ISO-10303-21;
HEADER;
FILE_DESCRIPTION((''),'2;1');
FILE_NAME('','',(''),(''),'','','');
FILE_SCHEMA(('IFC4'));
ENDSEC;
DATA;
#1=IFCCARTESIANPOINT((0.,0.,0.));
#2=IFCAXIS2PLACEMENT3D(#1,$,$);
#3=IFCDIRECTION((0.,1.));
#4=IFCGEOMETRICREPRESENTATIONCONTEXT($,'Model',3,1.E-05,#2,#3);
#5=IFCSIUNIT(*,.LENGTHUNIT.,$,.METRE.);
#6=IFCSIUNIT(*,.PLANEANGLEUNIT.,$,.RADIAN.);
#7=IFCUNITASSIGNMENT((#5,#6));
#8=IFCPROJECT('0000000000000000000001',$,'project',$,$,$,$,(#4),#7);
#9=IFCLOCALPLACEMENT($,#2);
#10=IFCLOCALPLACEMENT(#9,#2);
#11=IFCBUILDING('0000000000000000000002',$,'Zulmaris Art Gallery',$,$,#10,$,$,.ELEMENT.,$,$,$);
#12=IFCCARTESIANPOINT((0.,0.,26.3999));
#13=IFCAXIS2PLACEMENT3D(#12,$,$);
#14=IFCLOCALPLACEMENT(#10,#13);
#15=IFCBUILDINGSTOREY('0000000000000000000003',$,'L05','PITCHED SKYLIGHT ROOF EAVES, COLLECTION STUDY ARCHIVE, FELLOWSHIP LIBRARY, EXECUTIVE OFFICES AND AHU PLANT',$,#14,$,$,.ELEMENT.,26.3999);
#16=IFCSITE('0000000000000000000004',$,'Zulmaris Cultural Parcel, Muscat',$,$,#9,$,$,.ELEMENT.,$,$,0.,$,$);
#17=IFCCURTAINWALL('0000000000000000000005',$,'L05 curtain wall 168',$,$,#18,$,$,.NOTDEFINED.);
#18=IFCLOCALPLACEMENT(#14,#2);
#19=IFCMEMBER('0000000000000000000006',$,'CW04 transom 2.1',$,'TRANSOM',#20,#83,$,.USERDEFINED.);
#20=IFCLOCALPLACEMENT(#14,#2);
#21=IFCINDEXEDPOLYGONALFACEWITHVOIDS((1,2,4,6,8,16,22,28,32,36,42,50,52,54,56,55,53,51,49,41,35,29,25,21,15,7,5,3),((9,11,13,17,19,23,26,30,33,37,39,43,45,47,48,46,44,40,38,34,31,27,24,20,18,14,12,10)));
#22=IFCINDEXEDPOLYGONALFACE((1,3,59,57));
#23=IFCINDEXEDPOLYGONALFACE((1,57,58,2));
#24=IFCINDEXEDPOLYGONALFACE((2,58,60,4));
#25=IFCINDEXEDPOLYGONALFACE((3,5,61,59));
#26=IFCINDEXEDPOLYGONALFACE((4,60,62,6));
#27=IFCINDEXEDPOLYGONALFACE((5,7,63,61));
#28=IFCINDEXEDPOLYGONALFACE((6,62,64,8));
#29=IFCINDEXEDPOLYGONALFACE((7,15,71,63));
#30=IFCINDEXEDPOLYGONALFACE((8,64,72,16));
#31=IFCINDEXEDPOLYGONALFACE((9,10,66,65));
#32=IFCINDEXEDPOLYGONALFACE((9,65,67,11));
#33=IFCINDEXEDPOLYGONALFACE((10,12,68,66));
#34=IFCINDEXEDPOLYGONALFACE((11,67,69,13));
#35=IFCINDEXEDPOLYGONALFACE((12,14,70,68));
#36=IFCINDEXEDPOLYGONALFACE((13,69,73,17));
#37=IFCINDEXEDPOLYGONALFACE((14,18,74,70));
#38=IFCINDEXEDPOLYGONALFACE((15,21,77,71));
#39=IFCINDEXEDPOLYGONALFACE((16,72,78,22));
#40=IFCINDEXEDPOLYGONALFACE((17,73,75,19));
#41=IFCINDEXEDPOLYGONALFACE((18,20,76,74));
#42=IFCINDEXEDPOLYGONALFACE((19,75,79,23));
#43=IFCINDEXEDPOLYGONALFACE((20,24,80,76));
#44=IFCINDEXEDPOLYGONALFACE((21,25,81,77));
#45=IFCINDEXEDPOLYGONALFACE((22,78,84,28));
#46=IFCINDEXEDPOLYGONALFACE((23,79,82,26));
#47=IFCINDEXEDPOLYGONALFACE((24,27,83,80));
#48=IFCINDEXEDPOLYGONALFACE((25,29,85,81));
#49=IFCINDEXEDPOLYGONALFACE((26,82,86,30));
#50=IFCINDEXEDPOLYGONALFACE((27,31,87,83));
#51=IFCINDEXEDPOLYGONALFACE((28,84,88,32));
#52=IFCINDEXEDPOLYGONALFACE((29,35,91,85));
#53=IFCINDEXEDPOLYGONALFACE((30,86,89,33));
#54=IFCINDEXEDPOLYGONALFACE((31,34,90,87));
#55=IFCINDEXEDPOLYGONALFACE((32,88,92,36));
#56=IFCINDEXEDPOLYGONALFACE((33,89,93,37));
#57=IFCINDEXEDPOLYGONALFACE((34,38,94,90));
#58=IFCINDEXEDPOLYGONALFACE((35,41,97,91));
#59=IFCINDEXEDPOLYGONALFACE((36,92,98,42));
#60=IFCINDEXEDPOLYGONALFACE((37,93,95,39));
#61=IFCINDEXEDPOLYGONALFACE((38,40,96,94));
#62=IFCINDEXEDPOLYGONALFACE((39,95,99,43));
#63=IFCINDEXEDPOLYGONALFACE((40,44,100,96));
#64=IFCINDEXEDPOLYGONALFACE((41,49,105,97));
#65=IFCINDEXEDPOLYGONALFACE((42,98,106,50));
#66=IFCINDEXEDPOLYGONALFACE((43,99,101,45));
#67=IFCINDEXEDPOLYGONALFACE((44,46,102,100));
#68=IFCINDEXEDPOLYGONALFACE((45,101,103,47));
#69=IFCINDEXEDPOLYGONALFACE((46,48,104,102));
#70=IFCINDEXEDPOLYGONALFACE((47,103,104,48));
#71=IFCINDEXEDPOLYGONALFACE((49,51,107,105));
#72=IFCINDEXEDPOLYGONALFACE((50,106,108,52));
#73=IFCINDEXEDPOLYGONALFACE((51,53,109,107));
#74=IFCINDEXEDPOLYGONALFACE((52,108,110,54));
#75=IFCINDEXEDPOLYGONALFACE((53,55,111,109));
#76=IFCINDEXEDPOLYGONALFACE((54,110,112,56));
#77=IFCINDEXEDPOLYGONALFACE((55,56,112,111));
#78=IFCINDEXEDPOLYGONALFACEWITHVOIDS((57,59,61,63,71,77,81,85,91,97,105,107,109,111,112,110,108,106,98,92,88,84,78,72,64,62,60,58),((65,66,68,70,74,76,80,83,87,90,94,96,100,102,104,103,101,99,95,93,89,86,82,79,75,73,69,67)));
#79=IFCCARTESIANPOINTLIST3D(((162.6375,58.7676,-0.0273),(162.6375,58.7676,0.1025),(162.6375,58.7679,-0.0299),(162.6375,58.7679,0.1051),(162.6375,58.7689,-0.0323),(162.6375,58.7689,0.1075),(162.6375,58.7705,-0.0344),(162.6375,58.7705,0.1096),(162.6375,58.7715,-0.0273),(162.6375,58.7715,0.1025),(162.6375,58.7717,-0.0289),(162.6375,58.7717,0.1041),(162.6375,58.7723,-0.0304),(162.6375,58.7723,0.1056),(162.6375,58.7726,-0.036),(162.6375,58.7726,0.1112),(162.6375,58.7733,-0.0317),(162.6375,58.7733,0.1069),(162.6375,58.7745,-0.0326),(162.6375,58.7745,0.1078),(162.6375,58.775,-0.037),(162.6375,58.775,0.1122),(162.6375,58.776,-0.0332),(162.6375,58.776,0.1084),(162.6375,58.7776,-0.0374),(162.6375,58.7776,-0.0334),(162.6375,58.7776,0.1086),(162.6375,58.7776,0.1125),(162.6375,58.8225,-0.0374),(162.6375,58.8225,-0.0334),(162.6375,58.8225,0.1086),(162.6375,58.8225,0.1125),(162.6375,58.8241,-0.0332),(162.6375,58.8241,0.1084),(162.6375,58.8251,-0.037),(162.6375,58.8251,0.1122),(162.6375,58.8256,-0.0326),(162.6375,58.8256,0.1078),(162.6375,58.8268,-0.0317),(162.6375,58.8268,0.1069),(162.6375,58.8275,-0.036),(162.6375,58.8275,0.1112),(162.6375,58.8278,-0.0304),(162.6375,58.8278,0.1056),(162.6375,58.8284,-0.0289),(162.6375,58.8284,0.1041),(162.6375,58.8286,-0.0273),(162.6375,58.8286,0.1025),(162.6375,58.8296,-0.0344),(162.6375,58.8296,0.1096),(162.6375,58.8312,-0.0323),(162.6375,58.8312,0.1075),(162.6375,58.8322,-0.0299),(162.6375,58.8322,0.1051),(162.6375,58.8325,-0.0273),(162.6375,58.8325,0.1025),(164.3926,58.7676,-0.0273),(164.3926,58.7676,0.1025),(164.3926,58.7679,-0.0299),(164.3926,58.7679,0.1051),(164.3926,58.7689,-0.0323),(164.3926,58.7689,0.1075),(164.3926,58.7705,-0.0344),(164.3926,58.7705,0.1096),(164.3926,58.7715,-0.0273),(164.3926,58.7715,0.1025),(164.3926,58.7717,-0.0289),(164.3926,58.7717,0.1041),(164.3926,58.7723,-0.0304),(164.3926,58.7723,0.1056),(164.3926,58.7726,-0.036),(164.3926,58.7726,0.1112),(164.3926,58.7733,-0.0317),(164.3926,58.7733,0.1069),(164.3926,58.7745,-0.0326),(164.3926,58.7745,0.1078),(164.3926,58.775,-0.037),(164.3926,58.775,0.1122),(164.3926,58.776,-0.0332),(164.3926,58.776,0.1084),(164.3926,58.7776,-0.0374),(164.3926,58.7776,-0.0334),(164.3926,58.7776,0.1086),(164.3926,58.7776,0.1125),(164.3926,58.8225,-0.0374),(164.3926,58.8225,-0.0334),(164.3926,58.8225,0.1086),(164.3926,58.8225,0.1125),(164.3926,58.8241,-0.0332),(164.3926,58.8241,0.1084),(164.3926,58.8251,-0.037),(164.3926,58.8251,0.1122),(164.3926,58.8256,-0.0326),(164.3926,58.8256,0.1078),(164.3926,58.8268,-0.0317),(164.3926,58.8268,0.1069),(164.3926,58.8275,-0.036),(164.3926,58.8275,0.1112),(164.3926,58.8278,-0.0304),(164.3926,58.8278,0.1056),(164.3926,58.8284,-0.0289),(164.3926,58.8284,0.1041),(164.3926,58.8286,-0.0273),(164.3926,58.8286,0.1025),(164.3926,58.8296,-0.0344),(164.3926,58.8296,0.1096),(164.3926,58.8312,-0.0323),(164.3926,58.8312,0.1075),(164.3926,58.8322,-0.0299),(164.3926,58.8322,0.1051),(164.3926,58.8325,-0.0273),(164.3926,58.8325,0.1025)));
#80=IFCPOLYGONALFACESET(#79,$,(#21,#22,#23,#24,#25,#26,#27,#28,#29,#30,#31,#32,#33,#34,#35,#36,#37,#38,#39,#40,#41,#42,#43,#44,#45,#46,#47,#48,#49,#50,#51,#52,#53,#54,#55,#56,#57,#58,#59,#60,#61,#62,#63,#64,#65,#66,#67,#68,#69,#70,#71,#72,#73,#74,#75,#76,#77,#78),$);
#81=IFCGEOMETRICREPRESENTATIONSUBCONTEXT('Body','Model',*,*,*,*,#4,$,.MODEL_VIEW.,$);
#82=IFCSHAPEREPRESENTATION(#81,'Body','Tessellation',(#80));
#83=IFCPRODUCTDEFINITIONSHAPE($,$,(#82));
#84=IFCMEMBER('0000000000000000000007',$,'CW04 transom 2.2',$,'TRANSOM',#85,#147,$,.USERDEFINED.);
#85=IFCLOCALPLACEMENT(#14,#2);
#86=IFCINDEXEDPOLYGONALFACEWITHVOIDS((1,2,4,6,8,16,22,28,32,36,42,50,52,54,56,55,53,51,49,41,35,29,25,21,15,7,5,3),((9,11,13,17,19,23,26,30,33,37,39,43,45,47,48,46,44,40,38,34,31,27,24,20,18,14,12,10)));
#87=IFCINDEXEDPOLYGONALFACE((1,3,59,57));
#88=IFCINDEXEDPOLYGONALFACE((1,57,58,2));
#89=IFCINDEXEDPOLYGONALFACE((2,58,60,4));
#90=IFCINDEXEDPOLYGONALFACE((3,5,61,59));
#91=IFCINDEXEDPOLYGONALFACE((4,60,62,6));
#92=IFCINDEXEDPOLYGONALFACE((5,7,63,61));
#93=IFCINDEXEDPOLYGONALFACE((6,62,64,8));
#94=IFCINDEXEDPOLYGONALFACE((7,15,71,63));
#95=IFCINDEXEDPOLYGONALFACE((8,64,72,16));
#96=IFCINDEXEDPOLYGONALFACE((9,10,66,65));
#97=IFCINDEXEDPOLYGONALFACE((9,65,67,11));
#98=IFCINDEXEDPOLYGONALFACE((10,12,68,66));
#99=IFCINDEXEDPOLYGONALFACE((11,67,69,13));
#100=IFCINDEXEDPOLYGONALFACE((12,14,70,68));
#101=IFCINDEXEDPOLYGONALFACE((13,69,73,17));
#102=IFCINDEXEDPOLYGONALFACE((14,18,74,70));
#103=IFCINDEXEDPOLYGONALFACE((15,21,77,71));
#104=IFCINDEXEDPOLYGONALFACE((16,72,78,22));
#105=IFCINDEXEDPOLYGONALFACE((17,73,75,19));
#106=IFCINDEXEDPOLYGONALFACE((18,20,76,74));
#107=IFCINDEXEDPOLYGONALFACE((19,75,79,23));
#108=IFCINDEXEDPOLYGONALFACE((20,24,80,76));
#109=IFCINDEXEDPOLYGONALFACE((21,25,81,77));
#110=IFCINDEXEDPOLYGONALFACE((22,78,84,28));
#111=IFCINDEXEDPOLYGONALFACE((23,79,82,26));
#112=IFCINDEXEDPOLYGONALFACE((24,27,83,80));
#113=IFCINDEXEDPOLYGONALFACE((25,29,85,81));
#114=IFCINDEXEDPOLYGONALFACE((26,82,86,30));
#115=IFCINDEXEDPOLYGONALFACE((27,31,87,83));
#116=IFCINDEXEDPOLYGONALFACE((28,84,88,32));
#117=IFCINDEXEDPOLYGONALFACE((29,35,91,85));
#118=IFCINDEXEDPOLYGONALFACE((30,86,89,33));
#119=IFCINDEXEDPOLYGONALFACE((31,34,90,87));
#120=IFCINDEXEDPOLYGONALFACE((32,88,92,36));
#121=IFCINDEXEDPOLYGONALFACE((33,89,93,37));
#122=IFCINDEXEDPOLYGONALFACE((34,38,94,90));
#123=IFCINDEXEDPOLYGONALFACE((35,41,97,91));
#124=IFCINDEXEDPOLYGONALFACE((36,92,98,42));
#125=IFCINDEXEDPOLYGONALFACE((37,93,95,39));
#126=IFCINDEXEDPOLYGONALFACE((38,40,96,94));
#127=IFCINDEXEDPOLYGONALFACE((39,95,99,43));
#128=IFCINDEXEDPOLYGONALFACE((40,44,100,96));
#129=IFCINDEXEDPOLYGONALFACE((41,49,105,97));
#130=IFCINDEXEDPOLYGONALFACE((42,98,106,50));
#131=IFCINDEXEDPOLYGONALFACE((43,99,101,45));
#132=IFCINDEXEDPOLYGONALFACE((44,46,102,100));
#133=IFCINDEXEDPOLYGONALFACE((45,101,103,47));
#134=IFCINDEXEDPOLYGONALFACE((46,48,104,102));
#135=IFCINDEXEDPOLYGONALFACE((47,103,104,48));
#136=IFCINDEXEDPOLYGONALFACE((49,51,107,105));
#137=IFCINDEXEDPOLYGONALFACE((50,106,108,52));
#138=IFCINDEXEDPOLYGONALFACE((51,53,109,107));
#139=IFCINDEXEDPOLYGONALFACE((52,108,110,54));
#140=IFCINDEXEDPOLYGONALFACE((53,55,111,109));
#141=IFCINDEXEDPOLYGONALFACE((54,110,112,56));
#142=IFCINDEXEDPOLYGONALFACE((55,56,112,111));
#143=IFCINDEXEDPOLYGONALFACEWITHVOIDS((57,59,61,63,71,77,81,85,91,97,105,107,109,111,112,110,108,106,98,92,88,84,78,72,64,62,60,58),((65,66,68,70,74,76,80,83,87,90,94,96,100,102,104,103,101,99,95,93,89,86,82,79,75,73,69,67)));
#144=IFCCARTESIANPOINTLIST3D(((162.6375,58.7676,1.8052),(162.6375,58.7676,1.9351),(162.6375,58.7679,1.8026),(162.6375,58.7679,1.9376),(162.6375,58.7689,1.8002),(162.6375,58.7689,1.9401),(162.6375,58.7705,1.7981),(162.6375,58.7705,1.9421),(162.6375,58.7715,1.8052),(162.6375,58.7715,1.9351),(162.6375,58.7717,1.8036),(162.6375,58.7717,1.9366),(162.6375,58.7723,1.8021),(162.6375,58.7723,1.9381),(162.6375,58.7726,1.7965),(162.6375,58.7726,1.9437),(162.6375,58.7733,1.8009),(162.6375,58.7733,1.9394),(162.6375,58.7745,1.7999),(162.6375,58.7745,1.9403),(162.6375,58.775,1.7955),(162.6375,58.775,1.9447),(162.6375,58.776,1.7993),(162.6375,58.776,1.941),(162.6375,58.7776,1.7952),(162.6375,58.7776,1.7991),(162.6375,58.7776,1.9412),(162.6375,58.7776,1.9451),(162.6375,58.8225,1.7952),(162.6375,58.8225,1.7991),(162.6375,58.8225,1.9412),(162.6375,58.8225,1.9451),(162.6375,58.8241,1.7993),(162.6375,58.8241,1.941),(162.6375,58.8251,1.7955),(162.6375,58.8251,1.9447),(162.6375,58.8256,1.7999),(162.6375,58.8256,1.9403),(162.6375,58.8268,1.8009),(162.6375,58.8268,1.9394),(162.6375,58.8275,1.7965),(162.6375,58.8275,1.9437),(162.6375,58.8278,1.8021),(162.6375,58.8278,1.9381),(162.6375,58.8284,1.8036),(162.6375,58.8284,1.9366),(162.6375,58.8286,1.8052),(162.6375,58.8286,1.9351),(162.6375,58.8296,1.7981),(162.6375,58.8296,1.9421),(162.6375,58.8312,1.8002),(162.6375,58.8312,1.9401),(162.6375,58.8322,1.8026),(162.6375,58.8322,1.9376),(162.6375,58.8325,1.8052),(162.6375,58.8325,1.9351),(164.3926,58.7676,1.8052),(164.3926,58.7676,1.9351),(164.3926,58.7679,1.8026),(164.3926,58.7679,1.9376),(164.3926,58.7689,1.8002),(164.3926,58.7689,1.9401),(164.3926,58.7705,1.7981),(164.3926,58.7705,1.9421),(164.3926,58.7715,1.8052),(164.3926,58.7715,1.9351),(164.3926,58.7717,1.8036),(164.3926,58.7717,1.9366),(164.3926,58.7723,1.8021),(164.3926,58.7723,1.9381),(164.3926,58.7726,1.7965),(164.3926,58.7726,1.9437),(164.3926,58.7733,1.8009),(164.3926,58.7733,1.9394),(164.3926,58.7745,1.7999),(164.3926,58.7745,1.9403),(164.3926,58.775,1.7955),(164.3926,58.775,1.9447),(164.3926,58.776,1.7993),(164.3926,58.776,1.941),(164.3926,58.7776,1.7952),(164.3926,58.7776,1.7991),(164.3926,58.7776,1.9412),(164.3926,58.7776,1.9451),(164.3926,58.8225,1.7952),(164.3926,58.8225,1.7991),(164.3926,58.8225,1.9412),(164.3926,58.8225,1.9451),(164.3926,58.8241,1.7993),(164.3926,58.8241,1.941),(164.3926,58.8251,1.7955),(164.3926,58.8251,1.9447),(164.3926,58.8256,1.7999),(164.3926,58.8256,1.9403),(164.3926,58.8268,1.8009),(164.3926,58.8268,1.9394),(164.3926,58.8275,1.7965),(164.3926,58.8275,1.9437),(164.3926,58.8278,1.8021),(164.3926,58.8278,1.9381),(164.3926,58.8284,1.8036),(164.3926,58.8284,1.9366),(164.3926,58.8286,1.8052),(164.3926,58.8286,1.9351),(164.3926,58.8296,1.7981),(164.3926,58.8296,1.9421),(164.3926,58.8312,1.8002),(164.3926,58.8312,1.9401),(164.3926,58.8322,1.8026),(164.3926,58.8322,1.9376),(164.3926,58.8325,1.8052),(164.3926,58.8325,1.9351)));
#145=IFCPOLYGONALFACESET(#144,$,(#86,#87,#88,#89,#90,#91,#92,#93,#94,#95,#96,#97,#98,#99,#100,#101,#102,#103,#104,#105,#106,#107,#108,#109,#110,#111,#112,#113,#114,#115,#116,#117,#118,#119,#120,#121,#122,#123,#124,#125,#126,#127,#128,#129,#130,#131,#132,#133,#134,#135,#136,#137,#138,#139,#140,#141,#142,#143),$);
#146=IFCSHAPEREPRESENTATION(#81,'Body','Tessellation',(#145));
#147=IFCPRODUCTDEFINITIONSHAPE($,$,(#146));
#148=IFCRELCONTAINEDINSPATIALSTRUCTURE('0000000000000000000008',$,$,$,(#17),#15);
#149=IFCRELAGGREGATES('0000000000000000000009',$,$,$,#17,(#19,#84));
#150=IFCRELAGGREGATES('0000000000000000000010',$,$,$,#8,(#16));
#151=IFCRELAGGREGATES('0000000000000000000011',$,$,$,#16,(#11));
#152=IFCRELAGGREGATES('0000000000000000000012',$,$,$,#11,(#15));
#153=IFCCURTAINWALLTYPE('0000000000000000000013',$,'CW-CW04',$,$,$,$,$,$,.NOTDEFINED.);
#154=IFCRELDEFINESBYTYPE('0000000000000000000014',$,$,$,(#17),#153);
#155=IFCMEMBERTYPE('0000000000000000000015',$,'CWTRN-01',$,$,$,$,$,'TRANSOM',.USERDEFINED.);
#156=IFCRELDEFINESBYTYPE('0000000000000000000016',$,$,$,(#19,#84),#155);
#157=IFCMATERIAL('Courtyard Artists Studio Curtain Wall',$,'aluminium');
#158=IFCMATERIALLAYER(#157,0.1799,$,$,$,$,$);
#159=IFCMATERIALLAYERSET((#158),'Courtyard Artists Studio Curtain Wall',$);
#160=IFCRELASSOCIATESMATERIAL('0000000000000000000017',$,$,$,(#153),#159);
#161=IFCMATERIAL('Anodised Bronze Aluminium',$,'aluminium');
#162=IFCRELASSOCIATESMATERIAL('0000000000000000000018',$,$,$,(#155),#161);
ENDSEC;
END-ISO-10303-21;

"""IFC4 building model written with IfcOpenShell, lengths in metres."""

from ifc_helpers import new_model, si_unit, direction, frame, origin, origin_2d, place, context, subcontext, project, spatial, hollow_rectangle, extrude, material, layer, layer_set, material_profile, profile_set, type_object, element, aggregate, save


model = new_model("IFC4")

# Units and contexts
model_context = context("Model", 3, precision=1e-05, world=origin(), true_north=direction((0.0, 1.0)))
body_context = subcontext(model_context, "Body", "Model", "MODEL_VIEW")
ifc_project = project(units=[si_unit("LENGTHUNIT", "METRE"), si_unit("PLANEANGLEUNIT", "RADIAN")], contexts=[model_context])

# Site, building, storey
site_placement = place(None, origin())
site = spatial("IfcSite", under=ifc_project, at=site_placement, Name="Zulmaris Cultural Parcel, Muscat", CompositionType="ELEMENT", RefElevation=0.0)
building_placement = place(site_placement, origin())
building = spatial("IfcBuilding", under=site, at=building_placement, Name="Zulmaris Art Gallery", CompositionType="ELEMENT")
storey_placement = place(building_placement, frame((0.0, 0.0, 26.3999)))
storey = spatial("IfcBuildingStorey", under=building, at=storey_placement, Name="L05", Description="PITCHED SKYLIGHT ROOF EAVES, COLLECTION STUDY ARCHIVE, FELLOWSHIP LIBRARY, EXECUTIVE OFFICES AND AHU PLANT", CompositionType="ELEMENT", Elevation=26.3999)

# Curtain wall
ifc_material_1 = material(Name="Courtyard Artists Studio Curtain Wall", Category="aluminium")
ifc_layer_1 = layer(ifc_material_1, 0.1799)
ifc_layer_set_1 = layer_set([ifc_layer_1], Name="Courtyard Artists Studio Curtain Wall")
curtain_wall_type = type_object("IfcCurtainWallType", Name="CW-CW04", PredefinedType="NOTDEFINED", material=ifc_layer_set_1)
curtain_wall_1_placement = place(storey_placement, origin())
curtain_wall_1 = element("IfcCurtainWall", 1, at=curtain_wall_1_placement, inside=storey, type_object=curtain_wall_type, Name="L05 curtain wall 168", PredefinedType="NOTDEFINED")
ifc_material_2 = material(Name="Anodised Bronze Aluminium", Category="aluminium")

# Members
ifc_material_profile_1 = material_profile(ifc_material_2, hollow_rectangle(XDim=0.0649, YDim=0.1499, WallThickness=0.0039, InnerFilletRadius=0.0061, OuterFilletRadius=0.01, at=origin_2d()), Name="ALU 65x150x4")
ifc_profile_set_1 = profile_set([ifc_material_profile_1], Name="Anodised Bronze Aluminium")
member_type_1 = type_object("IfcMemberType", Name="CWTRN-01", ElementType="TRANSOM", PredefinedType="USERDEFINED", material=ifc_profile_set_1)
member_1_placement = place(storey_placement, frame((164.3926, 58.8, 0.0376), z_axis=(-1.0, 0.0, 0.0), x_axis=(0.0, -1.0, 0.0)))
member_1 = element("IfcMember", 2, at=member_1_placement, type_object=member_type_1, Name="CW04 transom 2.1", ObjectType="TRANSOM", PredefinedType="USERDEFINED", context=body_context, shape_type="SweptSolid", body=[
    extrude(hollow_rectangle(XDim=0.0649, YDim=0.1499, WallThickness=0.0039, InnerFilletRadius=0.0061, OuterFilletRadius=0.01, at=origin_2d()), origin(), (0.0, 0.0, 1.0), 1.7551),
])
member_2_placement = place(storey_placement, frame((164.3926, 58.8, 1.8701), z_axis=(-1.0, 0.0, 0.0), x_axis=(0.0, -1.0, 0.0)))
member_2 = element("IfcMember", 3, at=member_2_placement, type_object=member_type_1, Name="CW04 transom 2.2", ObjectType="TRANSOM", PredefinedType="USERDEFINED", context=body_context, shape_type="SweptSolid", body=[
    extrude(hollow_rectangle(XDim=0.0649, YDim=0.1499, WallThickness=0.0039, InnerFilletRadius=0.0061, OuterFilletRadius=0.01, at=origin_2d()), origin(), (0.0, 0.0, 1.0), 1.7551),
])

aggregate(curtain_wall_1, [member_1, member_2])

save(model, "model.ifc")
